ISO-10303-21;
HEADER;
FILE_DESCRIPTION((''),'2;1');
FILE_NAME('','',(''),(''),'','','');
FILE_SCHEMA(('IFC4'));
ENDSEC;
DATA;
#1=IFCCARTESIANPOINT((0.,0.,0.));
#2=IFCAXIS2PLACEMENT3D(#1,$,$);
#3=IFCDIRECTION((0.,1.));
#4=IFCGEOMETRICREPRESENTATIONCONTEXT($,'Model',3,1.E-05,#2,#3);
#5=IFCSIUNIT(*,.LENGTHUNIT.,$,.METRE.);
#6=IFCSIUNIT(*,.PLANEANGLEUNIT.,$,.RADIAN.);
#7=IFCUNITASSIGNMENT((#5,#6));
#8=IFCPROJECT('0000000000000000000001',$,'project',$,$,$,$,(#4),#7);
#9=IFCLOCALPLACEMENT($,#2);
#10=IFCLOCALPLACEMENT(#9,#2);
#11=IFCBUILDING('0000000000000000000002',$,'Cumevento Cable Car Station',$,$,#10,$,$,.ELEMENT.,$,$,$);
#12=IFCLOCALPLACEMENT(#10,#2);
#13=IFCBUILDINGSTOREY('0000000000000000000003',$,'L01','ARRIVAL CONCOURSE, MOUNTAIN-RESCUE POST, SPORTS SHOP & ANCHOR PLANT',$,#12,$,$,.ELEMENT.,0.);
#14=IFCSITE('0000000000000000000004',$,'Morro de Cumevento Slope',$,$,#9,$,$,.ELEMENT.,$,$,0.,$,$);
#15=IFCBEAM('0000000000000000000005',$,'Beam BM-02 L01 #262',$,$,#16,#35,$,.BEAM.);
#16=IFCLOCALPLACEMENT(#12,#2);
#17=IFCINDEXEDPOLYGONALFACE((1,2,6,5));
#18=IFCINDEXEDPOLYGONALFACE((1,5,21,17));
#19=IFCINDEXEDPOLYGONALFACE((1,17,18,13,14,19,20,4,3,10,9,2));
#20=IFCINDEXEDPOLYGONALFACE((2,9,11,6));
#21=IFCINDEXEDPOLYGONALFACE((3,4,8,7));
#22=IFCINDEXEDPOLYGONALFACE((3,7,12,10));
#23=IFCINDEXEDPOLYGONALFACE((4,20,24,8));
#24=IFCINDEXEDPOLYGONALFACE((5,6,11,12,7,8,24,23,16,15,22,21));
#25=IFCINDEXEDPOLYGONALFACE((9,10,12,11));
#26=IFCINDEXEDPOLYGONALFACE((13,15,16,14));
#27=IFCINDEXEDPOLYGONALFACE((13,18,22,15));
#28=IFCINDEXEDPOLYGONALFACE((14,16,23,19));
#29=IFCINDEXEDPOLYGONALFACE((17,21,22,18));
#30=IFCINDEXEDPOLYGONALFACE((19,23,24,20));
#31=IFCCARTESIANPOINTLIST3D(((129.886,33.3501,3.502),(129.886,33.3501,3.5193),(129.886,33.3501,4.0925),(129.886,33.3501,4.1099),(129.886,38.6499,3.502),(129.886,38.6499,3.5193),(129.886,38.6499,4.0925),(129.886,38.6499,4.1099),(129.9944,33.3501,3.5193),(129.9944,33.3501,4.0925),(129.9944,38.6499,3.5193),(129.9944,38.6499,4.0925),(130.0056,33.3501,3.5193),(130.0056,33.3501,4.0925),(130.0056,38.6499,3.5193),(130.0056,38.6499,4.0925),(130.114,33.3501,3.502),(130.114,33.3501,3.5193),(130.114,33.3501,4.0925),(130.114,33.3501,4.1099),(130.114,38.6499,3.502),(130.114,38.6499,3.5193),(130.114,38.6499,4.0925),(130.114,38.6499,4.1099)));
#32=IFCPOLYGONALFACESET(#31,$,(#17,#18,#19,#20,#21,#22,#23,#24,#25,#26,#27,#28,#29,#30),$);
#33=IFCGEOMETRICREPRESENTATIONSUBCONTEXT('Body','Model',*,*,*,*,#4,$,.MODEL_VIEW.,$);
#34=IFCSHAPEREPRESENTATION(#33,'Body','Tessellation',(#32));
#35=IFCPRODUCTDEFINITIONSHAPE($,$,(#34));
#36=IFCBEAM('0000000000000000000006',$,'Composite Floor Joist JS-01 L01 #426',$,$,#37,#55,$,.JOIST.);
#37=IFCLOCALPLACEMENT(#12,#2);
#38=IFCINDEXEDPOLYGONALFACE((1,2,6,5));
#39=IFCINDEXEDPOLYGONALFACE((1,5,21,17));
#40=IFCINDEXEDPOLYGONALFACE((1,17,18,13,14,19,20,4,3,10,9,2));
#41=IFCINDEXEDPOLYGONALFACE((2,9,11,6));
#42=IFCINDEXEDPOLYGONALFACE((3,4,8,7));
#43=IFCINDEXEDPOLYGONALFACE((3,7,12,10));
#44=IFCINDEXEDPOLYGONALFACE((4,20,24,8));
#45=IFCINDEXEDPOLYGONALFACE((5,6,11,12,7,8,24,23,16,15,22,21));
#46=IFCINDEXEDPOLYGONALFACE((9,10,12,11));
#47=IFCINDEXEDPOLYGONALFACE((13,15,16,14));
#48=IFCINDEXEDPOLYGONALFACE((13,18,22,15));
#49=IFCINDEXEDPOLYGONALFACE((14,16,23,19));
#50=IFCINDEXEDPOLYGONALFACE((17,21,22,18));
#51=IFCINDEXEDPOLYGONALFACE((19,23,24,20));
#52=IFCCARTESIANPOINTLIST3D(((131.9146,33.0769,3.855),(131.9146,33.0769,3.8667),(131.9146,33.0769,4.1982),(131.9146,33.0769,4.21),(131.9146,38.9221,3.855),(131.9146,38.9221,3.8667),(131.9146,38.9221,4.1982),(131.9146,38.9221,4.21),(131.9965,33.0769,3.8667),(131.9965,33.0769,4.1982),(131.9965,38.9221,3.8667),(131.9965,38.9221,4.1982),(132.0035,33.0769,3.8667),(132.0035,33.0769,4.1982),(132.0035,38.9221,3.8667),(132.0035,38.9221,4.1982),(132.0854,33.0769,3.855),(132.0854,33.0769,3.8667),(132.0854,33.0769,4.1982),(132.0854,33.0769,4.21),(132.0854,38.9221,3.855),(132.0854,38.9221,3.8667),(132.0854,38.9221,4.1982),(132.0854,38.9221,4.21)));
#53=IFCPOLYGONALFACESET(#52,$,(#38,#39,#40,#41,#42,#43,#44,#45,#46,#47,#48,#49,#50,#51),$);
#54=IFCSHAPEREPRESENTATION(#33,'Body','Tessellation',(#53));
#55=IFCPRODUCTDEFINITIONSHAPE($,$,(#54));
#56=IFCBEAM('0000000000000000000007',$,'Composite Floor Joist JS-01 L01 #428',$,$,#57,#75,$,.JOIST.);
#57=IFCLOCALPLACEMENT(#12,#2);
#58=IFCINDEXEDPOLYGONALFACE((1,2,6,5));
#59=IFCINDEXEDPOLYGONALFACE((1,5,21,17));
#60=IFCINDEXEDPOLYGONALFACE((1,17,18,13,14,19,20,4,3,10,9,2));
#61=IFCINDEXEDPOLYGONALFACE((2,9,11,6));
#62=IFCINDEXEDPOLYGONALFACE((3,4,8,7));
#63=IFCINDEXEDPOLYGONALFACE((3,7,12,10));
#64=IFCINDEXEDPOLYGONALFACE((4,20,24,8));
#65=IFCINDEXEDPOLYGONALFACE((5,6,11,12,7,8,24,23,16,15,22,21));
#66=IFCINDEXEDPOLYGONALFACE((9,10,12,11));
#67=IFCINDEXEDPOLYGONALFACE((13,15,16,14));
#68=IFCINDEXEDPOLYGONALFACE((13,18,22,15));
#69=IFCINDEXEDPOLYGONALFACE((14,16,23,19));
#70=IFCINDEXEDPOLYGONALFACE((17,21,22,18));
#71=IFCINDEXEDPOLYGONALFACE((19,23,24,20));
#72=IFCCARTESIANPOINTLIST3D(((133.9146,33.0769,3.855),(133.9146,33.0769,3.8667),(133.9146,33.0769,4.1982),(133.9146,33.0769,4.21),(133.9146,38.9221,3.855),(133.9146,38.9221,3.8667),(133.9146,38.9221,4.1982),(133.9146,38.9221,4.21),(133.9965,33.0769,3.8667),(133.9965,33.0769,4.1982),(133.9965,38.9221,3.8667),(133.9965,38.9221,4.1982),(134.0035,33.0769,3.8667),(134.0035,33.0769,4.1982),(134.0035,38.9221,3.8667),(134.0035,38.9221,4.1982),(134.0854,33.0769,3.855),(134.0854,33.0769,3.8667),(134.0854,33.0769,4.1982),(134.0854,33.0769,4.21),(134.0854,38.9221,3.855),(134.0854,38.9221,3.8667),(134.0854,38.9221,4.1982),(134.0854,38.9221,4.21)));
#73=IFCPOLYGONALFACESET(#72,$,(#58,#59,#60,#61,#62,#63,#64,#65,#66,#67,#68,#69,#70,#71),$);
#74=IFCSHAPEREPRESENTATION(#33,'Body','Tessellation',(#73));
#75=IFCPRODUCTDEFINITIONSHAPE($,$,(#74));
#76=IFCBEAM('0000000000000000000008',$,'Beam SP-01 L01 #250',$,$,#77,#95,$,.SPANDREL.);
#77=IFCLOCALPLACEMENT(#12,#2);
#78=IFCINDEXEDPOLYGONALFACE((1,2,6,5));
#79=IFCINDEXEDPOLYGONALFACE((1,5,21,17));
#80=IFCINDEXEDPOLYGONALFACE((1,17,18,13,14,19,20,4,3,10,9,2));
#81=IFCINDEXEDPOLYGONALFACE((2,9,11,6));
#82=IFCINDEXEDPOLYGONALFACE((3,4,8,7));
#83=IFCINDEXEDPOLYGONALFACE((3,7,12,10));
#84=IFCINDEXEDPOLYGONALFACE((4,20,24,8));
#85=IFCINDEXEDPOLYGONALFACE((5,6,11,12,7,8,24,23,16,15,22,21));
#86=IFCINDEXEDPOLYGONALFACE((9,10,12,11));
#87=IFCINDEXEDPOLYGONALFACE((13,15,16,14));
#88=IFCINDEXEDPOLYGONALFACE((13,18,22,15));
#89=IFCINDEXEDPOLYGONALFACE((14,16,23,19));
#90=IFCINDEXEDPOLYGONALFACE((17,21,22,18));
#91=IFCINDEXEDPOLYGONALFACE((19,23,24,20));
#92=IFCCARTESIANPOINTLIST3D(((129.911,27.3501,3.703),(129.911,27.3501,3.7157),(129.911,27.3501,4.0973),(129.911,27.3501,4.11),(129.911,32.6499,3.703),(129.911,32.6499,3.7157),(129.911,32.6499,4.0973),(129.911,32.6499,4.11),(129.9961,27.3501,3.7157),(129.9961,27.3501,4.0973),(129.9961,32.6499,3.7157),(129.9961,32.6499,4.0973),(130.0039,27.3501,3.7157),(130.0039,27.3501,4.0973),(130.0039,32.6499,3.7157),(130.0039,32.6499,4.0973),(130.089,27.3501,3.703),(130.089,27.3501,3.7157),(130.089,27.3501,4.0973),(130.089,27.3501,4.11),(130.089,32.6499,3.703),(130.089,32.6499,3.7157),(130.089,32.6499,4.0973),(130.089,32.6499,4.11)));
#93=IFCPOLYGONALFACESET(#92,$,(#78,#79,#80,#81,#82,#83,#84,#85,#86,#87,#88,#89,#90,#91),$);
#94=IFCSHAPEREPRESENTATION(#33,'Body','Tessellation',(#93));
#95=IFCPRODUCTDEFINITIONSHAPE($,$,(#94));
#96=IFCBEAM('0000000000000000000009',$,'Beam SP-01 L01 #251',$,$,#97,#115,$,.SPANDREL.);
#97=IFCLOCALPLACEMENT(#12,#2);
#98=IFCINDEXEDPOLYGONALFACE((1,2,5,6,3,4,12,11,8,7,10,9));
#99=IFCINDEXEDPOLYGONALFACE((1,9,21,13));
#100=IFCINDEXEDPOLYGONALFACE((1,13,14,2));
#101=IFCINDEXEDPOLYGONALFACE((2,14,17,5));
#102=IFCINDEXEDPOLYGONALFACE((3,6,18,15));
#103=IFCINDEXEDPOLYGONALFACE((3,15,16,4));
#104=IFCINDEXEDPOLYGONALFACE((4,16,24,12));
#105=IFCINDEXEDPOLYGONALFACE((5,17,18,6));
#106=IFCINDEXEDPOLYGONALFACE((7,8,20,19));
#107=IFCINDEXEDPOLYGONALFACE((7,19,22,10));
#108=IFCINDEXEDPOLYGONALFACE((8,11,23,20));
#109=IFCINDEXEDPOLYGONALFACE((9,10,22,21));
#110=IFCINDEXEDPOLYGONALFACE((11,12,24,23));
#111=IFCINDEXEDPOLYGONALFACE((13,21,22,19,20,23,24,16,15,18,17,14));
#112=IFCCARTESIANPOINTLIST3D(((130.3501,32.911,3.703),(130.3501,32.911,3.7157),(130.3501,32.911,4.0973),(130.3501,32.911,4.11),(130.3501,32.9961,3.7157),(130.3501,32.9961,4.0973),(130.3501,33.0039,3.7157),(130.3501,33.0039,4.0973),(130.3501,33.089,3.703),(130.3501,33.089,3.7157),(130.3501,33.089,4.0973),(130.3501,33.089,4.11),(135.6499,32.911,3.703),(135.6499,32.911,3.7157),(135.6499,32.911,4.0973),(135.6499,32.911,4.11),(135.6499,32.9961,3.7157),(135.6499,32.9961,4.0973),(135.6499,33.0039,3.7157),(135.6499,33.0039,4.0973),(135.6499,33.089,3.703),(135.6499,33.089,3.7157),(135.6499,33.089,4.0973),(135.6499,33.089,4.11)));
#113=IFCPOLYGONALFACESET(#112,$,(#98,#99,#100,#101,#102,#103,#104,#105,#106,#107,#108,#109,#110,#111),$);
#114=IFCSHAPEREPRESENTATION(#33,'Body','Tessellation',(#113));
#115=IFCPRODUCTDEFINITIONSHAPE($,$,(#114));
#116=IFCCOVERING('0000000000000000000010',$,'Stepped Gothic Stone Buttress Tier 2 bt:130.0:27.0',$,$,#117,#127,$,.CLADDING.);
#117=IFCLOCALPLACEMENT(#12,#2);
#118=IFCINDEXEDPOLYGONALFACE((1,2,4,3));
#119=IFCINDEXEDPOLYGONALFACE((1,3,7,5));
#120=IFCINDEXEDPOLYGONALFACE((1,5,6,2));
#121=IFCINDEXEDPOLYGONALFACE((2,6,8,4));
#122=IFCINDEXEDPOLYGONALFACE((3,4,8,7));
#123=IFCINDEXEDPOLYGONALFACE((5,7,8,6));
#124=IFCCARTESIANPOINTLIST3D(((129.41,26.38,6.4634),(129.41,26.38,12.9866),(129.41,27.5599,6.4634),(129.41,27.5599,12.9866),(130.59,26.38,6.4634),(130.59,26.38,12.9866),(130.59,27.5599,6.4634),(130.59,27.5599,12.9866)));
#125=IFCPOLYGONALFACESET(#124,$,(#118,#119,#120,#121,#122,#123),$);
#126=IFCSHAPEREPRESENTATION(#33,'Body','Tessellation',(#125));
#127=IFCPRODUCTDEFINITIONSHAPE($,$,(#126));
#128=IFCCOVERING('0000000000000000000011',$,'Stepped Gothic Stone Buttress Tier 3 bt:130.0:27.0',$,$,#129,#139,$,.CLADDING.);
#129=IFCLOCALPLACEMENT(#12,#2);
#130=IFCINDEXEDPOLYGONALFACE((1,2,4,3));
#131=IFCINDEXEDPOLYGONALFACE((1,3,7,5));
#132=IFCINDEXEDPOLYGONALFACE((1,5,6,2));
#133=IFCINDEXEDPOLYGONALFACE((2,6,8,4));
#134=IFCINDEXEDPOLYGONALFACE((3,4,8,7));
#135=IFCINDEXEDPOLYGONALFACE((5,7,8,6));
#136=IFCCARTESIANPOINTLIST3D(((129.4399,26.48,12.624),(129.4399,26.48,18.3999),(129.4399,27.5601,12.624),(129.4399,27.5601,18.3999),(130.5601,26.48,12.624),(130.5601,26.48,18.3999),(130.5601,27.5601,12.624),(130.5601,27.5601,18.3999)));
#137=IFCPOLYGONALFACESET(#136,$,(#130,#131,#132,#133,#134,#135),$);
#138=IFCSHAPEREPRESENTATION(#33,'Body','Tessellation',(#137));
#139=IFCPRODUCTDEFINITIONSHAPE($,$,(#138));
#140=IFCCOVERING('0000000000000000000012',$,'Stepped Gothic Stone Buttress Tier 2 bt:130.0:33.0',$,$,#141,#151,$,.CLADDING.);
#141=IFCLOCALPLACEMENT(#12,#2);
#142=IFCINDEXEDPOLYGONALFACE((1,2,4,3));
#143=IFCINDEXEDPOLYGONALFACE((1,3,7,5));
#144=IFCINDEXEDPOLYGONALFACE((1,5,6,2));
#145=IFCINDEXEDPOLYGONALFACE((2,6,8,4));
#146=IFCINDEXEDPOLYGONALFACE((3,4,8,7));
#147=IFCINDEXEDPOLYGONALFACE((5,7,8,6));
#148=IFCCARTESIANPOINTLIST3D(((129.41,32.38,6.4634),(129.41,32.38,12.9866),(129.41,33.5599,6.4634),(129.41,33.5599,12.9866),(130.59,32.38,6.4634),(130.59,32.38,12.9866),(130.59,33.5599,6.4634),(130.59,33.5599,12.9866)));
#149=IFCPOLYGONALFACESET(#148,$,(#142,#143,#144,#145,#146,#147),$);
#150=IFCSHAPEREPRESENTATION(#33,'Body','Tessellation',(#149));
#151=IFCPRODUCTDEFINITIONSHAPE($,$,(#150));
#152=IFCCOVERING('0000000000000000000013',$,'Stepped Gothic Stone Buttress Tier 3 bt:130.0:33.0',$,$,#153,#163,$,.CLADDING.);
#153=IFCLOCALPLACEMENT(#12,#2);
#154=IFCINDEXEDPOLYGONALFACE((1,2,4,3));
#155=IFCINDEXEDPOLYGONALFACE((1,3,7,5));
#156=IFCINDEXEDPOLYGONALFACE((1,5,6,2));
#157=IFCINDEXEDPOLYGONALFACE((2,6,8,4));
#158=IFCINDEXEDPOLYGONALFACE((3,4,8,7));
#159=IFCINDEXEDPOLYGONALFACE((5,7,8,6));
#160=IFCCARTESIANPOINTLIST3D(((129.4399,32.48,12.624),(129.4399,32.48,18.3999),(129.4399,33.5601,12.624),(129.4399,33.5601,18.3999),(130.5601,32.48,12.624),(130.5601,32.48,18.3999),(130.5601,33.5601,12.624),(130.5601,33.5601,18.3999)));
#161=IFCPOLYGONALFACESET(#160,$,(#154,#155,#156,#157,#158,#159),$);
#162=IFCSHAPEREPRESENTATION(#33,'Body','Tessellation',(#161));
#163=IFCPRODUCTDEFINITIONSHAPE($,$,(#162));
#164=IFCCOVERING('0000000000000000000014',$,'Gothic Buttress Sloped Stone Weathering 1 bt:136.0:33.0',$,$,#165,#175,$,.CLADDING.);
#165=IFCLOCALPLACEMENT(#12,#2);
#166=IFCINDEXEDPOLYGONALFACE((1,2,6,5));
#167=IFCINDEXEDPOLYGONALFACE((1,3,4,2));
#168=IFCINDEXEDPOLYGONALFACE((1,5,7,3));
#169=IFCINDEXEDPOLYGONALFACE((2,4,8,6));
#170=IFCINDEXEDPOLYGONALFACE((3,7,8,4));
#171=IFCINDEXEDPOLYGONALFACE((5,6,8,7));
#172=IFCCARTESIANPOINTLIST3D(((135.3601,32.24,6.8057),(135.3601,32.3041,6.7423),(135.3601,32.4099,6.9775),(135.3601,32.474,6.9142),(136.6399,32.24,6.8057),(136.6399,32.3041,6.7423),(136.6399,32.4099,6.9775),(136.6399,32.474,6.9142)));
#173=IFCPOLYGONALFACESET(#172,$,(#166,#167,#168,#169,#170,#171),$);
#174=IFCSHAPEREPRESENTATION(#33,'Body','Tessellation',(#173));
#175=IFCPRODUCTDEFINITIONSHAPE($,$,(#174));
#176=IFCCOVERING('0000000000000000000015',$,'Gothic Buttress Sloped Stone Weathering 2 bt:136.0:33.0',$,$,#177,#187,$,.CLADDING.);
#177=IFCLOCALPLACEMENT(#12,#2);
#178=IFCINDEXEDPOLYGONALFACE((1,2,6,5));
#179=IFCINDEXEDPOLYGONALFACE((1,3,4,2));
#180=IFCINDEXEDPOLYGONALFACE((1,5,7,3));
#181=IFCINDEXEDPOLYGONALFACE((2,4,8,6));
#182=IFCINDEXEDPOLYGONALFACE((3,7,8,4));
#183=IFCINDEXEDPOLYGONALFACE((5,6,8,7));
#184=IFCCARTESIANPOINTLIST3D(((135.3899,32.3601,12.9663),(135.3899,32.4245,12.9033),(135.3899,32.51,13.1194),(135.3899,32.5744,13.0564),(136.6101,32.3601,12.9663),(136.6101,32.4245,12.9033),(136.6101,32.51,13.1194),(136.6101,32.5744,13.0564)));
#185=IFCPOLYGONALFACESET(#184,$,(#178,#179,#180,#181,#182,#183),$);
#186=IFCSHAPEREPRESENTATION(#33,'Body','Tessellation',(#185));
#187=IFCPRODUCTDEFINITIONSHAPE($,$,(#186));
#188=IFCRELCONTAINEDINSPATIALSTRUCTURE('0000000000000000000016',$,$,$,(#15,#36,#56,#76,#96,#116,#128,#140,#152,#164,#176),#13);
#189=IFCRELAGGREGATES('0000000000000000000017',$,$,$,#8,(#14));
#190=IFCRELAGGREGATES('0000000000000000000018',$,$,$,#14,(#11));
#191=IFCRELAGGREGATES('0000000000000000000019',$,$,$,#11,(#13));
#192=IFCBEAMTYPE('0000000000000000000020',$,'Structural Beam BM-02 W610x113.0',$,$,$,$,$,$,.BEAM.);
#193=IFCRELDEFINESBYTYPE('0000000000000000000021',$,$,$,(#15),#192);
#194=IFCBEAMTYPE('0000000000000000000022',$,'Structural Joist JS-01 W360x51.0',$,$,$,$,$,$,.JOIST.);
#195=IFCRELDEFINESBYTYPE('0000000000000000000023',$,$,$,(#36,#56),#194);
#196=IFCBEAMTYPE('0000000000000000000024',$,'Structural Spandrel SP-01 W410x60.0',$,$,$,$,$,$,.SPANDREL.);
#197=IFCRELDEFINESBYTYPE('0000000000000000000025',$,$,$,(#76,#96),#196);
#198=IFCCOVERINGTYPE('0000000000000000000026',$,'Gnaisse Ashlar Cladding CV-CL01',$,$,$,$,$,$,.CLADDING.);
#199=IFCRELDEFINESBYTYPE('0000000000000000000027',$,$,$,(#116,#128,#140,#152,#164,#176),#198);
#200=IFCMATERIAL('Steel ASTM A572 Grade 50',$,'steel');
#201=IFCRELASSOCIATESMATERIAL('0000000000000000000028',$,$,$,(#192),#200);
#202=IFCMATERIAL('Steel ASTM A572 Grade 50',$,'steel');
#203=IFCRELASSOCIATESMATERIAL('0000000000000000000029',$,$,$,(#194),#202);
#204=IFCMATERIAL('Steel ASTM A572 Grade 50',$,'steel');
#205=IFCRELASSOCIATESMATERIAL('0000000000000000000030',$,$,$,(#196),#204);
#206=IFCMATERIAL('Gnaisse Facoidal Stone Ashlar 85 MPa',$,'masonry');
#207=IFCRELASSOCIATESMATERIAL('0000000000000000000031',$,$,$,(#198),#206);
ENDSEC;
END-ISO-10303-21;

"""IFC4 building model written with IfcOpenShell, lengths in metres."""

from ifc_helpers import new_model, si_unit, direction, frame, origin, origin_2d, place, context, subcontext, project, spatial, polyline, rectangle, i_section, outline, extrude, material, material_profile, profile_set, type_object, element, save


model = new_model("IFC4")

# Units and contexts
model_context = context("Model", 3, precision=1e-05, world=origin(), true_north=direction((0.0, 1.0)))
body_context = subcontext(model_context, "Body", "Model", "MODEL_VIEW")
ifc_project = project(units=[si_unit("LENGTHUNIT", "METRE"), si_unit("PLANEANGLEUNIT", "RADIAN")], contexts=[model_context])

# Site, building, storey
site_placement = place(None, origin())
site = spatial("IfcSite", under=ifc_project, at=site_placement, Name="Morro de Cumevento Slope", CompositionType="ELEMENT", RefElevation=0.0)
building_placement = place(site_placement, origin())
building = spatial("IfcBuilding", under=site, at=building_placement, Name="Cumevento Cable Car Station", CompositionType="ELEMENT")
storey_placement = place(building_placement, origin())
storey = spatial("IfcBuildingStorey", under=building, at=storey_placement, Name="L01", Description="ARRIVAL CONCOURSE, MOUNTAIN-RESCUE POST, SPORTS SHOP & ANCHOR PLANT", CompositionType="ELEMENT", Elevation=0.0)

# Beams
ifc_material_1 = material(Name="Steel ASTM A572 Grade 50", Category="steel")
ifc_material_profile_1 = material_profile(ifc_material_1, i_section(OverallWidth=0.228, OverallDepth=0.6079, WebThickness=0.0112, FlangeThickness=0.0173, at=origin_2d()), Name="W610x113.0")
ifc_profile_set_1 = profile_set([ifc_material_profile_1], Name="Steel ASTM A572 Grade 50")
beam_type_1 = type_object("IfcBeamType", Name="Structural Beam BM-02 W610x113.0", PredefinedType="BEAM", material=ifc_profile_set_1)
beam_placement = place(storey_placement, frame((130.0, 33.3501, 3.8059), z_axis=(0.0, 1.0, 0.0), x_axis=(-1.0, 0.0, 0.0)))
element("IfcBeam", 1, at=beam_placement, inside=storey, type_object=beam_type_1, Name="Beam BM-02 L01 #262", PredefinedType="BEAM", context=body_context, shape_type="SweptSolid", body=[
    extrude(i_section(OverallWidth=0.228, OverallDepth=0.6079, WebThickness=0.0112, FlangeThickness=0.0173, at=origin_2d()), origin(), (0.0, 0.0, 1.0), 5.2998),
])
ifc_material_2 = material(Name="Steel ASTM A572 Grade 50", Category="steel")
ifc_material_profile_2 = material_profile(ifc_material_2, i_section(OverallWidth=0.1709, OverallDepth=0.355, WebThickness=0.0071, FlangeThickness=0.0117, at=origin_2d()), Name="W360x51.0")
ifc_profile_set_2 = profile_set([ifc_material_profile_2], Name="Steel ASTM A572 Grade 50")
beam_type_2 = type_object("IfcBeamType", Name="Structural Joist JS-01 W360x51.0", PredefinedType="JOIST", material=ifc_profile_set_2)
for number, where, z_axis, x_axis, name in (
    (2, (132.0, 33.0769, 4.0325), (0.0, 1.0, 0.0), (-1.0, 0.0, 0.0), "Composite Floor Joist JS-01 L01 #426"),
    (3, (134.0, 33.0769, 4.0325), (0.0, 1.0, 0.0), (-1.0, 0.0, 0.0), "Composite Floor Joist JS-01 L01 #428"),
):
    element("IfcBeam", number, at=place(storey_placement, frame(where, z_axis=z_axis, x_axis=x_axis)), inside=storey, type_object=beam_type_2, Name=name, PredefinedType="JOIST", context=body_context, shape_type="SweptSolid", body=[
        extrude(i_section(OverallWidth=0.1709, OverallDepth=0.355, WebThickness=0.0071, FlangeThickness=0.0117, at=origin_2d()), origin(), (0.0, 0.0, 1.0), 5.8452),
    ])
ifc_material_3 = material(Name="Steel ASTM A572 Grade 50", Category="steel")
ifc_material_profile_3 = material_profile(ifc_material_3, i_section(OverallWidth=0.178, OverallDepth=0.407, WebThickness=0.0078, FlangeThickness=0.0127, at=origin_2d()), Name="W410x60.0")
ifc_profile_set_3 = profile_set([ifc_material_profile_3], Name="Steel ASTM A572 Grade 50")
beam_type_3 = type_object("IfcBeamType", Name="Structural Spandrel SP-01 W410x60.0", PredefinedType="SPANDREL", material=ifc_profile_set_3)
for number, where, z_axis, x_axis, name in (
    (4, (130.0, 27.3501, 3.9065), (0.0, 1.0, 0.0), (-1.0, 0.0, 0.0), "Beam SP-01 L01 #250"),
    (5, (130.3501, 33.0, 3.9065), (1.0, 0.0, 0.0), (0.0, 1.0, 0.0), "Beam SP-01 L01 #251"),
):
    element("IfcBeam", number, at=place(storey_placement, frame(where, z_axis=z_axis, x_axis=x_axis)), inside=storey, type_object=beam_type_3, Name=name, PredefinedType="SPANDREL", context=body_context, shape_type="SweptSolid", body=[
        extrude(i_section(OverallWidth=0.178, OverallDepth=0.407, WebThickness=0.0078, FlangeThickness=0.0127, at=origin_2d()), origin(), (0.0, 0.0, 1.0), 5.2998),
    ])

# Coverings
ifc_material_4 = material(Name="Gnaisse Facoidal Stone Ashlar 85 MPa", Category="masonry")
covering_type = type_object("IfcCoveringType", Name="Gnaisse Ashlar Cladding CV-CL01", PredefinedType="CLADDING", material=ifc_material_4)
covering_1_placement = place(storey_placement, frame((130.0, 26.97, 6.4634), z_axis=(0.0, 0.0, 1.0), x_axis=(1.0, 0.0, 0.0)))
element("IfcCovering", 6, at=covering_1_placement, inside=storey, type_object=covering_type, Name="Stepped Gothic Stone Buttress Tier 2 bt:130.0:27.0", PredefinedType="CLADDING", context=body_context, shape_type="SweptSolid", body=[
    extrude(rectangle(XDim=1.1799, YDim=1.1799, at=origin_2d()), origin(), (0.0, 0.0, 1.0), 6.5232),
])
covering_2_placement = place(storey_placement, frame((130.0, 27.02, 12.624), z_axis=(0.0, 0.0, 1.0), x_axis=(1.0, 0.0, 0.0)))
element("IfcCovering", 7, at=covering_2_placement, inside=storey, type_object=covering_type, Name="Stepped Gothic Stone Buttress Tier 3 bt:130.0:27.0", PredefinedType="CLADDING", context=body_context, shape_type="SweptSolid", body=[
    extrude(rectangle(XDim=1.1201, YDim=1.0801, at=origin_2d()), origin(), (0.0, 0.0, 1.0), 5.7759),
])
covering_3_placement = place(storey_placement, frame((130.0, 32.97, 6.4634), z_axis=(0.0, 0.0, 1.0), x_axis=(1.0, 0.0, 0.0)))
element("IfcCovering", 8, at=covering_3_placement, inside=storey, type_object=covering_type, Name="Stepped Gothic Stone Buttress Tier 2 bt:130.0:33.0", PredefinedType="CLADDING", context=body_context, shape_type="SweptSolid", body=[
    extrude(rectangle(XDim=1.1799, YDim=1.1799, at=origin_2d()), origin(), (0.0, 0.0, 1.0), 6.5232),
])
covering_4_placement = place(storey_placement, frame((130.0, 33.02, 12.624), z_axis=(0.0, 0.0, 1.0), x_axis=(1.0, 0.0, 0.0)))
element("IfcCovering", 9, at=covering_4_placement, inside=storey, type_object=covering_type, Name="Stepped Gothic Stone Buttress Tier 3 bt:130.0:33.0", PredefinedType="CLADDING", context=body_context, shape_type="SweptSolid", body=[
    extrude(rectangle(XDim=1.1201, YDim=1.0801, at=origin_2d()), origin(), (0.0, 0.0, 1.0), 5.7759),
])
covering_5_placement = place(storey_placement, frame((135.3601, 32.24, 6.8057), z_axis=(0.0, -0.711136, 0.703055), x_axis=(1.0, 0.0, 0.0)))
element("IfcCovering", 10, at=covering_5_placement, inside=storey, type_object=covering_type, Name="Gothic Buttress Sloped Stone Weathering 1 bt:136.0:33.0", PredefinedType="CLADDING", context=body_context, shape_type="SweptSolid", body=[
    extrude(outline(polyline([(0.0, 0.0), (1.2798, 0.0), (1.2798, 0.2417), (0.0, 0.2417), (0.0, 0.0)])), origin(), (0.0, 0.0, -1.0), 0.0901),
])
covering_6_placement = place(storey_placement, frame((135.3899, 32.3601, 12.9663), z_axis=(0.0, -0.714475, 0.699661), x_axis=(1.0, 0.0, 0.0)))
element("IfcCovering", 11, at=covering_6_placement, inside=storey, type_object=covering_type, Name="Gothic Buttress Sloped Stone Weathering 2 bt:136.0:33.0", PredefinedType="CLADDING", context=body_context, shape_type="SweptSolid", body=[
    extrude(outline(polyline([(0.0, 0.0), (1.2202, 0.0), (1.2202, 0.2142), (0.0, 0.2142), (0.0, 0.0)])), origin(), (0.0, 0.0, -1.0), 0.0901),
])

save(model, "model.ifc")
